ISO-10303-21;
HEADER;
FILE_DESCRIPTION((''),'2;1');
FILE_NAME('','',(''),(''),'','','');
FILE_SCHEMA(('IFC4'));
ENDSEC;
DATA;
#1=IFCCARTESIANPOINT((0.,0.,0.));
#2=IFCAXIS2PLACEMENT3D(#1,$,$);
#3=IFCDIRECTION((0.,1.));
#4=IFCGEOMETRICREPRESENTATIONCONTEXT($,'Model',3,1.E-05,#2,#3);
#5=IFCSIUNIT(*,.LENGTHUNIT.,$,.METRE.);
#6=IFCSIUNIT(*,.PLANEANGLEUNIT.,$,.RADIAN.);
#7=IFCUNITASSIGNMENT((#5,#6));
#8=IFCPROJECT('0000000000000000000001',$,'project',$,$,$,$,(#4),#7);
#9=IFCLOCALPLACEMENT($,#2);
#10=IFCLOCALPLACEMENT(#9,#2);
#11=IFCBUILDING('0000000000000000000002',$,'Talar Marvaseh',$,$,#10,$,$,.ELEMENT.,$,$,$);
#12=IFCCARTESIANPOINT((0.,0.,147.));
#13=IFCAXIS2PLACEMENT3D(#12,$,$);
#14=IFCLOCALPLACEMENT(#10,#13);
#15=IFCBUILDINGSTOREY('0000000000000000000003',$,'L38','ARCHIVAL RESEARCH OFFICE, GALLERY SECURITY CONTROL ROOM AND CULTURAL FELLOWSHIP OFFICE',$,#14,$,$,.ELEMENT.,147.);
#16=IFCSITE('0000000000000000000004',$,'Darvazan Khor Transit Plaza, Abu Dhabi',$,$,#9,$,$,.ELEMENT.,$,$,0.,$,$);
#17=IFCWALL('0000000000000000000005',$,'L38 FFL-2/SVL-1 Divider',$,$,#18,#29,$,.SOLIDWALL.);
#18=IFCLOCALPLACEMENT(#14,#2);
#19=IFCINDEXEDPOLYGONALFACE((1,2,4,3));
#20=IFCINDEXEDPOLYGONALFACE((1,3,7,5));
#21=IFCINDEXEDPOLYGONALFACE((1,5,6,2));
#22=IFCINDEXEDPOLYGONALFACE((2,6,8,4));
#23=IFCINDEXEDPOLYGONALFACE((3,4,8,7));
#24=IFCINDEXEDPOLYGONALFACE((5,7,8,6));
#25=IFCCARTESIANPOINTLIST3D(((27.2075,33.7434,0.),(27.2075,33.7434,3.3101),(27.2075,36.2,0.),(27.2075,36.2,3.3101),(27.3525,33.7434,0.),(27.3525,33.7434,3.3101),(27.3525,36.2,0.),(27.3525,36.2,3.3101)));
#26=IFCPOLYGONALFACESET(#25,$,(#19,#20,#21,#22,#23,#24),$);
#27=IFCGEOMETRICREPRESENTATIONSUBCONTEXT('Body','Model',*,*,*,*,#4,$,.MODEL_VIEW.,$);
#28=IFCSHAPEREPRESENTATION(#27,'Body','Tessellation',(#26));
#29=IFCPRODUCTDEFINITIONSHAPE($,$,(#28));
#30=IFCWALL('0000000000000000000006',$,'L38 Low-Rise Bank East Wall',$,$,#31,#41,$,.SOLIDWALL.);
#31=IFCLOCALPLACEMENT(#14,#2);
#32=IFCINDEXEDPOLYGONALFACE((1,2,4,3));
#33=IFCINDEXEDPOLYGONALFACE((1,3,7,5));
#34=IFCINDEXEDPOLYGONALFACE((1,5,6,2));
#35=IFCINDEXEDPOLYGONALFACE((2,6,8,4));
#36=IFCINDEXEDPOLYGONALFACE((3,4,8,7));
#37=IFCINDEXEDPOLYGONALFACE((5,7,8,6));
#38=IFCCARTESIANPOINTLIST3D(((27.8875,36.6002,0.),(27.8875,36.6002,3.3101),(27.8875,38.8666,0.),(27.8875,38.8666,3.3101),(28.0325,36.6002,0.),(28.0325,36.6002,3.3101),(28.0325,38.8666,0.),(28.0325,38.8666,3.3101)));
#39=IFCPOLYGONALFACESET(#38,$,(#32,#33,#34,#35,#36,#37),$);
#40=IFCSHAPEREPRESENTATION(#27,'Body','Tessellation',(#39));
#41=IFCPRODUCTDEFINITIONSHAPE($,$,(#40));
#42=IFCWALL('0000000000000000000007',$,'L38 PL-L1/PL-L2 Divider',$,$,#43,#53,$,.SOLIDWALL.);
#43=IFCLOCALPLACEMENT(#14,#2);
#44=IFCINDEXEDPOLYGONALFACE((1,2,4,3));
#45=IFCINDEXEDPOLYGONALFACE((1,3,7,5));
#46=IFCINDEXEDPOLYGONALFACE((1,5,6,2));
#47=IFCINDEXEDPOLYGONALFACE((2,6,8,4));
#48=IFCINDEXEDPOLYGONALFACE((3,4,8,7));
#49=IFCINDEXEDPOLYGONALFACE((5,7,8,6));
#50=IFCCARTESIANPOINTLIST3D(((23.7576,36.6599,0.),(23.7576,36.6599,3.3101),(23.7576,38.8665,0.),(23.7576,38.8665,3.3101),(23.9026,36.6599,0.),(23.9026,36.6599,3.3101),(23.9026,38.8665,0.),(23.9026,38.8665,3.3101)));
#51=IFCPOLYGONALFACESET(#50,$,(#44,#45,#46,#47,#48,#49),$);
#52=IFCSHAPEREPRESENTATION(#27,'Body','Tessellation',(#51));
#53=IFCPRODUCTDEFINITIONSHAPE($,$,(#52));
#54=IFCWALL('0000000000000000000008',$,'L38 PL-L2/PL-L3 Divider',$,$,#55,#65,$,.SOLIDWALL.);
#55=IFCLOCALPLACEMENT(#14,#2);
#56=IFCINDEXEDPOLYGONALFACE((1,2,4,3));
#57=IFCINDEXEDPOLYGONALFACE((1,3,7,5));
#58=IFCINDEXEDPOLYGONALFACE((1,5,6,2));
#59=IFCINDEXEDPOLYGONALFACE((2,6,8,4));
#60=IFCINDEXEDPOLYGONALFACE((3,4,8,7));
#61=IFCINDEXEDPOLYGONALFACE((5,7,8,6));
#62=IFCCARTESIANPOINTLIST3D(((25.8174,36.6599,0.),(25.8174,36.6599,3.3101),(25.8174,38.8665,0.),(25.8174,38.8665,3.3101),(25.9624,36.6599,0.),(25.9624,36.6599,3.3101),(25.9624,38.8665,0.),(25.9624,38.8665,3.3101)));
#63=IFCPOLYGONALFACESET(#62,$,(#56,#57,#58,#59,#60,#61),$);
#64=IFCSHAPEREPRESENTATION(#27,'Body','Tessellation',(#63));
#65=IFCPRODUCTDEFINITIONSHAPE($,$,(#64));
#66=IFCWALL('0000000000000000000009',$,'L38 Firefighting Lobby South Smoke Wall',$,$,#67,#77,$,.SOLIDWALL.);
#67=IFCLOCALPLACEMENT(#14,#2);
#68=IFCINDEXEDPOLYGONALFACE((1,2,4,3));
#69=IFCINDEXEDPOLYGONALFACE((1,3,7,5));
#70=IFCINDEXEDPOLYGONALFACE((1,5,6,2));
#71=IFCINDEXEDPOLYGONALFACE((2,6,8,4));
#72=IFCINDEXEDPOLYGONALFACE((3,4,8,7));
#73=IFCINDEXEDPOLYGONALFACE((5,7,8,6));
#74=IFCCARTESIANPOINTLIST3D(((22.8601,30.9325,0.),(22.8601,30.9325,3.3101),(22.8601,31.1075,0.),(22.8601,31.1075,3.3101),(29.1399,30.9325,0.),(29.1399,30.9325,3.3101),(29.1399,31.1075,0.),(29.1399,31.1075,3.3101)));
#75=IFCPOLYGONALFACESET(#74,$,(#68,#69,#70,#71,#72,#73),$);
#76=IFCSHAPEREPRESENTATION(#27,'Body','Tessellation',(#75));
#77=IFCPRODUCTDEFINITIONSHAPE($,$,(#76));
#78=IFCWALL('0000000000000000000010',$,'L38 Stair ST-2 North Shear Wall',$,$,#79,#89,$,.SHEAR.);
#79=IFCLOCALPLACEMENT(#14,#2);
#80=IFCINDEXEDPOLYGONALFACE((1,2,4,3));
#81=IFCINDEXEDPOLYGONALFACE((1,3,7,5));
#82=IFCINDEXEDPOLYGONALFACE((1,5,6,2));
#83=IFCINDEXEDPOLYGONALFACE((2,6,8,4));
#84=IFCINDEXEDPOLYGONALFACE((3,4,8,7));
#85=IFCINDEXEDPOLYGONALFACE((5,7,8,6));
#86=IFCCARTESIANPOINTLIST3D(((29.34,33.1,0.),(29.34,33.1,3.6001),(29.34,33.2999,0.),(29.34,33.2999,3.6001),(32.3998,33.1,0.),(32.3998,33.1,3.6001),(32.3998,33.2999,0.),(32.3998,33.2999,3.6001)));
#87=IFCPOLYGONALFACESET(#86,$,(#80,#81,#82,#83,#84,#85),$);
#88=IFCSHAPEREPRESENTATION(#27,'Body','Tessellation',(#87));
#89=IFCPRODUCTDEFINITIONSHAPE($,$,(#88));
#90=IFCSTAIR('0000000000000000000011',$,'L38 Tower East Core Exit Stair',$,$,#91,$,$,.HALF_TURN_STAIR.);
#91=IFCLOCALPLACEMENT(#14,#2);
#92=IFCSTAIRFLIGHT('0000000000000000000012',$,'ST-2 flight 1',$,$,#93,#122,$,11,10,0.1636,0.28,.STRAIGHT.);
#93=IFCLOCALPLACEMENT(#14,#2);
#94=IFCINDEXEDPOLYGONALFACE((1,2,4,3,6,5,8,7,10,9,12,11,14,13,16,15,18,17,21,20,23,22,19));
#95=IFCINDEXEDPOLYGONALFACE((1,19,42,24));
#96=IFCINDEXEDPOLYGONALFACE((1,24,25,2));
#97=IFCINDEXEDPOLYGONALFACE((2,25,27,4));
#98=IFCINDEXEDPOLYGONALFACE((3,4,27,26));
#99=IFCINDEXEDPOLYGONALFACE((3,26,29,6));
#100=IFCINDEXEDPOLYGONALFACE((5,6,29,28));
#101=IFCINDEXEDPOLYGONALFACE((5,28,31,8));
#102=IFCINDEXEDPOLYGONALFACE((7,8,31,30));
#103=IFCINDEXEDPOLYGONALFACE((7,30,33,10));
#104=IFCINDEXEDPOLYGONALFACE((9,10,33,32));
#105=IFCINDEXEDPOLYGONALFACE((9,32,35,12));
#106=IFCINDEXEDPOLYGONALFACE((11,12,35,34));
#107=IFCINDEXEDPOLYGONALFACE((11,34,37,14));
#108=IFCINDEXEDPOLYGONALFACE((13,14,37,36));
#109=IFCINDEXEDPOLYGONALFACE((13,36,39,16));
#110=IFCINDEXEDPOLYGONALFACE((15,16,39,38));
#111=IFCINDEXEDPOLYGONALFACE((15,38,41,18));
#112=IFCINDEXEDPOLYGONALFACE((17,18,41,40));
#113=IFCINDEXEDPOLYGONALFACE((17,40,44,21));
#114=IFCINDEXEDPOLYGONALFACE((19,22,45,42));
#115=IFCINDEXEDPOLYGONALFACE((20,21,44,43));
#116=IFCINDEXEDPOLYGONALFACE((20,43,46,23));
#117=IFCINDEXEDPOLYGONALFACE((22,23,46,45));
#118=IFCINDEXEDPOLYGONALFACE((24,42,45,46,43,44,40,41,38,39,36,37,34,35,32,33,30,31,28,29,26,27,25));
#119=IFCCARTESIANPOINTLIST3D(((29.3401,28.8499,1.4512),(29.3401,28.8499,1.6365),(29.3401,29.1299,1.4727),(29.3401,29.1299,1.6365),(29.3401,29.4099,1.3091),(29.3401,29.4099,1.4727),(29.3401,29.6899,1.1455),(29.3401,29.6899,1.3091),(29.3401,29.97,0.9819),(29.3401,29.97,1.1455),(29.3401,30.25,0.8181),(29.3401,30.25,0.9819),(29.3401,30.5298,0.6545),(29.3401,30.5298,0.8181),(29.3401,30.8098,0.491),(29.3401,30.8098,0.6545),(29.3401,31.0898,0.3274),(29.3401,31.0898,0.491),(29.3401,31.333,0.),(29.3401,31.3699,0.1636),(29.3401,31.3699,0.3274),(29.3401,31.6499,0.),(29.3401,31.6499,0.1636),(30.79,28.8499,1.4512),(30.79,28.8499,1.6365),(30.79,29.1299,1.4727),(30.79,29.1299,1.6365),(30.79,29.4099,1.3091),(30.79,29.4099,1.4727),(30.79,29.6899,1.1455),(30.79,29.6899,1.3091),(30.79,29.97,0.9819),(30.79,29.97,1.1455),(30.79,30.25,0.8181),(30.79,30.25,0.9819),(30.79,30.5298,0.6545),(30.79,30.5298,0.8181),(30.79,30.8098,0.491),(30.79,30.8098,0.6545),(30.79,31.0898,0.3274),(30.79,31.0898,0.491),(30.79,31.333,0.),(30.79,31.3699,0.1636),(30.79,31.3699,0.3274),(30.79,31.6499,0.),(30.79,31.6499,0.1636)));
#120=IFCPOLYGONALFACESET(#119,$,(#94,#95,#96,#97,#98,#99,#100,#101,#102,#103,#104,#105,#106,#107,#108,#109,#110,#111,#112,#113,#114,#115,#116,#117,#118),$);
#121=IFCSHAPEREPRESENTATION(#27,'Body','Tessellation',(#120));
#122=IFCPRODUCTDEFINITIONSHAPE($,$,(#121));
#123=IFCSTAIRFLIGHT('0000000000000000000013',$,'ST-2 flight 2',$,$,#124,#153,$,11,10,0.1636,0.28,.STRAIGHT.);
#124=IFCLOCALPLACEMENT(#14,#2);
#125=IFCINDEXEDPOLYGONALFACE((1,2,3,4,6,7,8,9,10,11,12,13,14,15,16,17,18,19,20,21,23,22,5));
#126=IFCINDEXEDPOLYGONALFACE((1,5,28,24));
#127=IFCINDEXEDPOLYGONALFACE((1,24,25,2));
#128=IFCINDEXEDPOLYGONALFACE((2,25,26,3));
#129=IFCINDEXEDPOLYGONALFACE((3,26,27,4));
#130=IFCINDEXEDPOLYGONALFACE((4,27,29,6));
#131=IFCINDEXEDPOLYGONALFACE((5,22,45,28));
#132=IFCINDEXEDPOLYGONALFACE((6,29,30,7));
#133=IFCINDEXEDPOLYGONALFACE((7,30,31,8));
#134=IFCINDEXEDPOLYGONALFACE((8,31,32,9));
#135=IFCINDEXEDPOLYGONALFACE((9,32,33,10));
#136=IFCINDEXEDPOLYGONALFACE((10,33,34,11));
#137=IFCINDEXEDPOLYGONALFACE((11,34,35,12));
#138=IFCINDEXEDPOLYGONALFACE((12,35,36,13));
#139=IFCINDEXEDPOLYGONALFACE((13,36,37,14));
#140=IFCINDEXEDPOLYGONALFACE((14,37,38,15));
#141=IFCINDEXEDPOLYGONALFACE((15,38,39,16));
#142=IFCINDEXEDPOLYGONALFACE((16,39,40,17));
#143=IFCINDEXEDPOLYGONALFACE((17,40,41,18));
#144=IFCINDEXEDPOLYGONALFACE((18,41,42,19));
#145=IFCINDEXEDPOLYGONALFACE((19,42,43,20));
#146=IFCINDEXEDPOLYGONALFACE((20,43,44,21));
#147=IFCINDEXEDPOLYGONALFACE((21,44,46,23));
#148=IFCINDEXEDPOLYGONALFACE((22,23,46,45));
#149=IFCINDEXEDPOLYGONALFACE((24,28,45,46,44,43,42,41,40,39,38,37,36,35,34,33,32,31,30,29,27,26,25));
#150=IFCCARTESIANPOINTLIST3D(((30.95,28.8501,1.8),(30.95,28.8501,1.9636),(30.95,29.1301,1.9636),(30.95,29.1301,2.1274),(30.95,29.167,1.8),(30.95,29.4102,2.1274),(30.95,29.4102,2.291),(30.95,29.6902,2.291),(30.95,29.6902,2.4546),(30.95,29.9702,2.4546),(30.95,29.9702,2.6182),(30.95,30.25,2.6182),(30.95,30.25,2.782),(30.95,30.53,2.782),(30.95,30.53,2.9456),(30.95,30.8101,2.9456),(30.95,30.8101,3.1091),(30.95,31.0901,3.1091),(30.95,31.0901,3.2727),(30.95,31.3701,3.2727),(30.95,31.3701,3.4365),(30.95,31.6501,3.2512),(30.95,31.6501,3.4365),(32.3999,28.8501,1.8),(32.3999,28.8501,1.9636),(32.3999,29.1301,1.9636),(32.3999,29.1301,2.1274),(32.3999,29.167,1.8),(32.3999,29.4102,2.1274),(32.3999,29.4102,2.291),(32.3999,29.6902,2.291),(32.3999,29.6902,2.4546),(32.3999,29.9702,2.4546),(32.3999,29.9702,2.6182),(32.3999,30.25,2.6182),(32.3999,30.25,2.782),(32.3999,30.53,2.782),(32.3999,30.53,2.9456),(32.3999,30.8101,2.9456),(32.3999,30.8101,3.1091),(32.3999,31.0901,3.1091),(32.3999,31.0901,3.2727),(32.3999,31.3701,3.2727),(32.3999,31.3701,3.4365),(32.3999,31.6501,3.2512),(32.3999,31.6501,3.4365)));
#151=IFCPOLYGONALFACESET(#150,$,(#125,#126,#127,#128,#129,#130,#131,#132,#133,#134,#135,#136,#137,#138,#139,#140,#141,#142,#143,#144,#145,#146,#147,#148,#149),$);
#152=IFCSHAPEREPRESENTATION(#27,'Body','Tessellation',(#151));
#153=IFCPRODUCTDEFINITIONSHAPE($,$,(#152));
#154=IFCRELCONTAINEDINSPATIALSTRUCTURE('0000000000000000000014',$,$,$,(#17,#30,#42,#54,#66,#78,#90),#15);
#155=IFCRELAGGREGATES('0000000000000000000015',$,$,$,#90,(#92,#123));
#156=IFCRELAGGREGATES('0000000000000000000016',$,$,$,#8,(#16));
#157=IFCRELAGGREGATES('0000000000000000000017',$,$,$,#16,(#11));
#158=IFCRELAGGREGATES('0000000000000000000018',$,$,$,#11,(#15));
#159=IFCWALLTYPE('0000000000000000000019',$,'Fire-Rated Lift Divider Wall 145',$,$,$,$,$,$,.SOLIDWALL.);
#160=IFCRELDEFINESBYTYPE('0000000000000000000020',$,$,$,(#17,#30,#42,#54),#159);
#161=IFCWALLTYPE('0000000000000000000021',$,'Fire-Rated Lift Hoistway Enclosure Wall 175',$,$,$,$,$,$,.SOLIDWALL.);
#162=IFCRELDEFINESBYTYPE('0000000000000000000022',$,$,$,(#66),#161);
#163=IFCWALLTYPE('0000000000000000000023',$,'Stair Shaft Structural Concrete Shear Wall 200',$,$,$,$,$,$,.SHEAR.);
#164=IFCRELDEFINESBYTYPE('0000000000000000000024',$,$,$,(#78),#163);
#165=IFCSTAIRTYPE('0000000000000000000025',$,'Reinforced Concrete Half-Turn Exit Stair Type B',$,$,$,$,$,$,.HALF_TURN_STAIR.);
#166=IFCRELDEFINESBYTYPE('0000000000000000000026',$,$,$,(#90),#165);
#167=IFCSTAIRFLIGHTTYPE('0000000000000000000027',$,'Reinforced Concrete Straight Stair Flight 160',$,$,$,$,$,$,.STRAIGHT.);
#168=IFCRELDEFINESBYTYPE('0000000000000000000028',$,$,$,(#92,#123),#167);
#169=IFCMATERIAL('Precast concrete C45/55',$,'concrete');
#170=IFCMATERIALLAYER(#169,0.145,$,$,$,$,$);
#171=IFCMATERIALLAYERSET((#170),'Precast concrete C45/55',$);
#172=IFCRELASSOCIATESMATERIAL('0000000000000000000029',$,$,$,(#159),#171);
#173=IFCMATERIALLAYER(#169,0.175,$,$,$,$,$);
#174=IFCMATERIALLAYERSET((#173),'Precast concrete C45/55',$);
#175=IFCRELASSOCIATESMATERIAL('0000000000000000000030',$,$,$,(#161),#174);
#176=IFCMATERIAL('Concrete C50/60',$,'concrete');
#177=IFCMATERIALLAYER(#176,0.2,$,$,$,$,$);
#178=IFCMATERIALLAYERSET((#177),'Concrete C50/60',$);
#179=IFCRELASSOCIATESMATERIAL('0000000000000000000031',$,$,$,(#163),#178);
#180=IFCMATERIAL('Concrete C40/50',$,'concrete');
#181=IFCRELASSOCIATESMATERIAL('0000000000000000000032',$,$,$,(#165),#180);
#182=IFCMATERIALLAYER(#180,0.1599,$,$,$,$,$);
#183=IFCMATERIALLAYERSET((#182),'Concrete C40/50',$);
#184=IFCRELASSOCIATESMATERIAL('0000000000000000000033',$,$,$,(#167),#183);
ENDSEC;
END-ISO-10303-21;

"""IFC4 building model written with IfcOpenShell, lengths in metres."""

from ifc_helpers import new_model, si_unit, direction, frame, frame_2d, origin, place, context, subcontext, project, spatial, polyline, rectangle, outline, extrude, material, layer, layer_set, type_object, element, aggregate, save


model = new_model("IFC4")

# Units and contexts
model_context = context("Model", 3, precision=1e-05, world=origin(), true_north=direction((0.0, 1.0)))
body_context = subcontext(model_context, "Body", "Model", "MODEL_VIEW")
ifc_project = project(units=[si_unit("LENGTHUNIT", "METRE"), si_unit("PLANEANGLEUNIT", "RADIAN")], contexts=[model_context])

# Site, building, storey
site_placement = place(None, origin())
site = spatial("IfcSite", under=ifc_project, at=site_placement, Name="Darvazan Khor Transit Plaza, Abu Dhabi", CompositionType="ELEMENT", RefElevation=0.0)
building_placement = place(site_placement, origin())
building = spatial("IfcBuilding", under=site, at=building_placement, Name="Talar Marvaseh", CompositionType="ELEMENT")
storey_placement = place(building_placement, frame((0.0, 0.0, 147.0)))
storey = spatial("IfcBuildingStorey", under=building, at=storey_placement, Name="L38", Description="ARCHIVAL RESEARCH OFFICE, GALLERY SECURITY CONTROL ROOM AND CULTURAL FELLOWSHIP OFFICE", CompositionType="ELEMENT", Elevation=147.0)

# Shared definitions
ifc_material_1 = material(Name="Concrete C40/50", Category="concrete")

# Walls
ifc_material_2 = material(Name="Precast concrete C45/55", Category="concrete")
ifc_layer_1 = layer(ifc_material_2, 0.145)
ifc_layer_set_1 = layer_set([ifc_layer_1], Name="Precast concrete C45/55")
wall_type_1 = type_object("IfcWallType", Name="Fire-Rated Lift Divider Wall 145", PredefinedType="SOLIDWALL", material=ifc_layer_set_1)
for number, where, z_axis, x_axis, name in (
    (1, (27.28, 33.7434, 0.0), (0.0, 0.0, 1.0), (0.0, 1.0, 0.0), "L38 FFL-2/SVL-1 Divider"),
):
    element("IfcWall", number, at=place(storey_placement, frame(where, z_axis=z_axis, x_axis=x_axis)), inside=storey, type_object=wall_type_1, Name=name, PredefinedType="SOLIDWALL", context=body_context, shape_type="SweptSolid", body=[
        extrude(rectangle(XDim=2.4565, YDim=0.145, at=frame_2d((1.2283, 0.0))), origin(), (0.0, 0.0, 1.0), 3.3101),
    ])
wall_1_placement = place(storey_placement, frame((27.96, 36.6001, 0.0), z_axis=(0.0, 0.0, 1.0), x_axis=(0.0, 1.0, 0.0)))
element("IfcWall", 2, at=wall_1_placement, inside=storey, type_object=wall_type_1, Name="L38 Low-Rise Bank East Wall", PredefinedType="SOLIDWALL", context=body_context, shape_type="SweptSolid", body=[
    extrude(rectangle(XDim=2.2664, YDim=0.145, at=frame_2d((1.1333, 0.0))), origin(), (0.0, 0.0, 1.0), 3.3101),
])
for number, where, z_axis, x_axis, name in (
    (3, (23.8301, 36.6599, 0.0), (0.0, 0.0, 1.0), (0.0, 1.0, 0.0), "L38 PL-L1/PL-L2 Divider"),
    (4, (25.8899, 36.6599, 0.0), (0.0, 0.0, 1.0), (0.0, 1.0, 0.0), "L38 PL-L2/PL-L3 Divider"),
):
    element("IfcWall", number, at=place(storey_placement, frame(where, z_axis=z_axis, x_axis=x_axis)), inside=storey, type_object=wall_type_1, Name=name, PredefinedType="SOLIDWALL", context=body_context, shape_type="SweptSolid", body=[
        extrude(rectangle(XDim=2.2065, YDim=0.145, at=frame_2d((1.1033, 0.0))), origin(), (0.0, 0.0, 1.0), 3.3101),
    ])

# Shared definitions
ifc_layer_2 = layer(ifc_material_2, 0.175)
ifc_layer_set_2 = layer_set([ifc_layer_2], Name="Precast concrete C45/55")
wall_type_2 = type_object("IfcWallType", Name="Fire-Rated Lift Hoistway Enclosure Wall 175", PredefinedType="SOLIDWALL", material=ifc_layer_set_2)

# Walls
wall_2_placement = place(storey_placement, frame((22.8601, 31.02, 0.0), z_axis=(0.0, 0.0, 1.0), x_axis=(1.0, 0.0, 0.0)))
element("IfcWall", 5, at=wall_2_placement, inside=storey, type_object=wall_type_2, Name="L38 Firefighting Lobby South Smoke Wall", PredefinedType="SOLIDWALL", context=body_context, shape_type="SweptSolid", body=[
    extrude(rectangle(XDim=6.2798, YDim=0.175, at=frame_2d((3.1399, 0.0))), origin(), (0.0, 0.0, 1.0), 3.3101),
])
ifc_material_3 = material(Name="Concrete C50/60", Category="concrete")
ifc_layer_3 = layer(ifc_material_3, 0.2)
ifc_layer_set_3 = layer_set([ifc_layer_3], Name="Concrete C50/60")
wall_type_3 = type_object("IfcWallType", Name="Stair Shaft Structural Concrete Shear Wall 200", PredefinedType="SHEAR", material=ifc_layer_set_3)
wall_3_placement = place(storey_placement, frame((29.3401, 33.2, 0.0), z_axis=(0.0, 0.0, 1.0), x_axis=(1.0, 0.0, 0.0)))
element("IfcWall", 6, at=wall_3_placement, inside=storey, type_object=wall_type_3, Name="L38 Stair ST-2 North Shear Wall", PredefinedType="SHEAR", context=body_context, shape_type="SweptSolid", body=[
    extrude(rectangle(XDim=3.0598, YDim=0.2, at=frame_2d((1.5298, 0.0))), origin(), (0.0, 0.0, 1.0), 3.6001),
])

# Stair, stair flights
stair_type = type_object("IfcStairType", Name="Reinforced Concrete Half-Turn Exit Stair Type B", PredefinedType="HALF_TURN_STAIR", material=ifc_material_1)
stair_placement = place(storey_placement, origin())
stair = element("IfcStair", 7, at=stair_placement, inside=storey, type_object=stair_type, Name="L38 Tower East Core Exit Stair", PredefinedType="HALF_TURN_STAIR")
ifc_layer_4 = layer(ifc_material_1, 0.1599)
ifc_layer_set_4 = layer_set([ifc_layer_4], Name="Concrete C40/50")
stair_flight_type = type_object("IfcStairFlightType", Name="Reinforced Concrete Straight Stair Flight 160", PredefinedType="STRAIGHT", material=ifc_layer_set_4)
stair_flight_1_placement = place(storey_placement, frame((30.0649, 31.6499, 0.0), z_axis=(0.0, 0.0, 1.0), x_axis=(0.0, -1.0, 0.0)))
stair_flight_1 = element("IfcStairFlight", 8, at=stair_flight_1_placement, type_object=stair_flight_type, Name="ST-2 flight 1", NumberOfRisers=11, NumberOfTreads=10, PredefinedType="STRAIGHT", RiserHeight=0.1636, TreadLength=0.28, context=body_context, shape_type="SweptSolid", body=[
    extrude(outline(polyline([(0.0, 0.0), (0.0, 0.1636), (0.28, 0.1636), (0.28, 0.3274), (0.5601, 0.3274), (0.5601, 0.491), (0.8401, 0.491), (0.8401, 0.6545), (1.1201, 0.6545), (1.1201, 0.8181), (1.3999, 0.8181), (1.3999, 0.9819), (1.6799, 0.9819), (1.6799, 1.1455), (1.96, 1.1455), (1.96, 1.3091), (2.24, 1.3091), (2.24, 1.4727), (2.52, 1.4727), (2.52, 1.6365), (2.8, 1.6365), (2.8, 1.8), (2.8, 1.4512), (0.3169, 0.0), (0.0, 0.0)])), frame((0.0, 0.7251, 0.0), z_axis=(0.0, -1.0, 0.0), x_axis=(1.0, 0.0, 0.0)), (0.0, 0.0, 1.0), 1.45),
])
stair_flight_2_placement = place(storey_placement, frame((31.675, 28.8501, 1.8), z_axis=(0.0, 0.0, 1.0), x_axis=(0.0, 1.0, 0.0)))
stair_flight_2 = element("IfcStairFlight", 9, at=stair_flight_2_placement, type_object=stair_flight_type, Name="ST-2 flight 2", NumberOfRisers=11, NumberOfTreads=10, PredefinedType="STRAIGHT", RiserHeight=0.1636, TreadLength=0.28, context=body_context, shape_type="SweptSolid", body=[
    extrude(outline(polyline([(0.0, 0.0), (0.0, 0.1636), (0.28, 0.1636), (0.28, 0.3274), (0.5601, 0.3274), (0.5601, 0.491), (0.8401, 0.491), (0.8401, 0.6545), (1.1201, 0.6545), (1.1201, 0.8181), (1.3999, 0.8181), (1.3999, 0.9819), (1.6799, 0.9819), (1.6799, 1.1455), (1.96, 1.1455), (1.96, 1.3091), (2.24, 1.3091), (2.24, 1.4727), (2.52, 1.4727), (2.52, 1.6365), (2.8, 1.6365), (2.8, 1.8), (2.8, 1.4512), (0.3169, 0.0), (0.0, 0.0)])), frame((0.0, 0.7251, 0.0), z_axis=(0.0, -1.0, 0.0), x_axis=(1.0, 0.0, 0.0)), (0.0, 0.0, 1.0), 1.45),
])
aggregate(stair, [stair_flight_1, stair_flight_2])

save(model, "model.ifc")
